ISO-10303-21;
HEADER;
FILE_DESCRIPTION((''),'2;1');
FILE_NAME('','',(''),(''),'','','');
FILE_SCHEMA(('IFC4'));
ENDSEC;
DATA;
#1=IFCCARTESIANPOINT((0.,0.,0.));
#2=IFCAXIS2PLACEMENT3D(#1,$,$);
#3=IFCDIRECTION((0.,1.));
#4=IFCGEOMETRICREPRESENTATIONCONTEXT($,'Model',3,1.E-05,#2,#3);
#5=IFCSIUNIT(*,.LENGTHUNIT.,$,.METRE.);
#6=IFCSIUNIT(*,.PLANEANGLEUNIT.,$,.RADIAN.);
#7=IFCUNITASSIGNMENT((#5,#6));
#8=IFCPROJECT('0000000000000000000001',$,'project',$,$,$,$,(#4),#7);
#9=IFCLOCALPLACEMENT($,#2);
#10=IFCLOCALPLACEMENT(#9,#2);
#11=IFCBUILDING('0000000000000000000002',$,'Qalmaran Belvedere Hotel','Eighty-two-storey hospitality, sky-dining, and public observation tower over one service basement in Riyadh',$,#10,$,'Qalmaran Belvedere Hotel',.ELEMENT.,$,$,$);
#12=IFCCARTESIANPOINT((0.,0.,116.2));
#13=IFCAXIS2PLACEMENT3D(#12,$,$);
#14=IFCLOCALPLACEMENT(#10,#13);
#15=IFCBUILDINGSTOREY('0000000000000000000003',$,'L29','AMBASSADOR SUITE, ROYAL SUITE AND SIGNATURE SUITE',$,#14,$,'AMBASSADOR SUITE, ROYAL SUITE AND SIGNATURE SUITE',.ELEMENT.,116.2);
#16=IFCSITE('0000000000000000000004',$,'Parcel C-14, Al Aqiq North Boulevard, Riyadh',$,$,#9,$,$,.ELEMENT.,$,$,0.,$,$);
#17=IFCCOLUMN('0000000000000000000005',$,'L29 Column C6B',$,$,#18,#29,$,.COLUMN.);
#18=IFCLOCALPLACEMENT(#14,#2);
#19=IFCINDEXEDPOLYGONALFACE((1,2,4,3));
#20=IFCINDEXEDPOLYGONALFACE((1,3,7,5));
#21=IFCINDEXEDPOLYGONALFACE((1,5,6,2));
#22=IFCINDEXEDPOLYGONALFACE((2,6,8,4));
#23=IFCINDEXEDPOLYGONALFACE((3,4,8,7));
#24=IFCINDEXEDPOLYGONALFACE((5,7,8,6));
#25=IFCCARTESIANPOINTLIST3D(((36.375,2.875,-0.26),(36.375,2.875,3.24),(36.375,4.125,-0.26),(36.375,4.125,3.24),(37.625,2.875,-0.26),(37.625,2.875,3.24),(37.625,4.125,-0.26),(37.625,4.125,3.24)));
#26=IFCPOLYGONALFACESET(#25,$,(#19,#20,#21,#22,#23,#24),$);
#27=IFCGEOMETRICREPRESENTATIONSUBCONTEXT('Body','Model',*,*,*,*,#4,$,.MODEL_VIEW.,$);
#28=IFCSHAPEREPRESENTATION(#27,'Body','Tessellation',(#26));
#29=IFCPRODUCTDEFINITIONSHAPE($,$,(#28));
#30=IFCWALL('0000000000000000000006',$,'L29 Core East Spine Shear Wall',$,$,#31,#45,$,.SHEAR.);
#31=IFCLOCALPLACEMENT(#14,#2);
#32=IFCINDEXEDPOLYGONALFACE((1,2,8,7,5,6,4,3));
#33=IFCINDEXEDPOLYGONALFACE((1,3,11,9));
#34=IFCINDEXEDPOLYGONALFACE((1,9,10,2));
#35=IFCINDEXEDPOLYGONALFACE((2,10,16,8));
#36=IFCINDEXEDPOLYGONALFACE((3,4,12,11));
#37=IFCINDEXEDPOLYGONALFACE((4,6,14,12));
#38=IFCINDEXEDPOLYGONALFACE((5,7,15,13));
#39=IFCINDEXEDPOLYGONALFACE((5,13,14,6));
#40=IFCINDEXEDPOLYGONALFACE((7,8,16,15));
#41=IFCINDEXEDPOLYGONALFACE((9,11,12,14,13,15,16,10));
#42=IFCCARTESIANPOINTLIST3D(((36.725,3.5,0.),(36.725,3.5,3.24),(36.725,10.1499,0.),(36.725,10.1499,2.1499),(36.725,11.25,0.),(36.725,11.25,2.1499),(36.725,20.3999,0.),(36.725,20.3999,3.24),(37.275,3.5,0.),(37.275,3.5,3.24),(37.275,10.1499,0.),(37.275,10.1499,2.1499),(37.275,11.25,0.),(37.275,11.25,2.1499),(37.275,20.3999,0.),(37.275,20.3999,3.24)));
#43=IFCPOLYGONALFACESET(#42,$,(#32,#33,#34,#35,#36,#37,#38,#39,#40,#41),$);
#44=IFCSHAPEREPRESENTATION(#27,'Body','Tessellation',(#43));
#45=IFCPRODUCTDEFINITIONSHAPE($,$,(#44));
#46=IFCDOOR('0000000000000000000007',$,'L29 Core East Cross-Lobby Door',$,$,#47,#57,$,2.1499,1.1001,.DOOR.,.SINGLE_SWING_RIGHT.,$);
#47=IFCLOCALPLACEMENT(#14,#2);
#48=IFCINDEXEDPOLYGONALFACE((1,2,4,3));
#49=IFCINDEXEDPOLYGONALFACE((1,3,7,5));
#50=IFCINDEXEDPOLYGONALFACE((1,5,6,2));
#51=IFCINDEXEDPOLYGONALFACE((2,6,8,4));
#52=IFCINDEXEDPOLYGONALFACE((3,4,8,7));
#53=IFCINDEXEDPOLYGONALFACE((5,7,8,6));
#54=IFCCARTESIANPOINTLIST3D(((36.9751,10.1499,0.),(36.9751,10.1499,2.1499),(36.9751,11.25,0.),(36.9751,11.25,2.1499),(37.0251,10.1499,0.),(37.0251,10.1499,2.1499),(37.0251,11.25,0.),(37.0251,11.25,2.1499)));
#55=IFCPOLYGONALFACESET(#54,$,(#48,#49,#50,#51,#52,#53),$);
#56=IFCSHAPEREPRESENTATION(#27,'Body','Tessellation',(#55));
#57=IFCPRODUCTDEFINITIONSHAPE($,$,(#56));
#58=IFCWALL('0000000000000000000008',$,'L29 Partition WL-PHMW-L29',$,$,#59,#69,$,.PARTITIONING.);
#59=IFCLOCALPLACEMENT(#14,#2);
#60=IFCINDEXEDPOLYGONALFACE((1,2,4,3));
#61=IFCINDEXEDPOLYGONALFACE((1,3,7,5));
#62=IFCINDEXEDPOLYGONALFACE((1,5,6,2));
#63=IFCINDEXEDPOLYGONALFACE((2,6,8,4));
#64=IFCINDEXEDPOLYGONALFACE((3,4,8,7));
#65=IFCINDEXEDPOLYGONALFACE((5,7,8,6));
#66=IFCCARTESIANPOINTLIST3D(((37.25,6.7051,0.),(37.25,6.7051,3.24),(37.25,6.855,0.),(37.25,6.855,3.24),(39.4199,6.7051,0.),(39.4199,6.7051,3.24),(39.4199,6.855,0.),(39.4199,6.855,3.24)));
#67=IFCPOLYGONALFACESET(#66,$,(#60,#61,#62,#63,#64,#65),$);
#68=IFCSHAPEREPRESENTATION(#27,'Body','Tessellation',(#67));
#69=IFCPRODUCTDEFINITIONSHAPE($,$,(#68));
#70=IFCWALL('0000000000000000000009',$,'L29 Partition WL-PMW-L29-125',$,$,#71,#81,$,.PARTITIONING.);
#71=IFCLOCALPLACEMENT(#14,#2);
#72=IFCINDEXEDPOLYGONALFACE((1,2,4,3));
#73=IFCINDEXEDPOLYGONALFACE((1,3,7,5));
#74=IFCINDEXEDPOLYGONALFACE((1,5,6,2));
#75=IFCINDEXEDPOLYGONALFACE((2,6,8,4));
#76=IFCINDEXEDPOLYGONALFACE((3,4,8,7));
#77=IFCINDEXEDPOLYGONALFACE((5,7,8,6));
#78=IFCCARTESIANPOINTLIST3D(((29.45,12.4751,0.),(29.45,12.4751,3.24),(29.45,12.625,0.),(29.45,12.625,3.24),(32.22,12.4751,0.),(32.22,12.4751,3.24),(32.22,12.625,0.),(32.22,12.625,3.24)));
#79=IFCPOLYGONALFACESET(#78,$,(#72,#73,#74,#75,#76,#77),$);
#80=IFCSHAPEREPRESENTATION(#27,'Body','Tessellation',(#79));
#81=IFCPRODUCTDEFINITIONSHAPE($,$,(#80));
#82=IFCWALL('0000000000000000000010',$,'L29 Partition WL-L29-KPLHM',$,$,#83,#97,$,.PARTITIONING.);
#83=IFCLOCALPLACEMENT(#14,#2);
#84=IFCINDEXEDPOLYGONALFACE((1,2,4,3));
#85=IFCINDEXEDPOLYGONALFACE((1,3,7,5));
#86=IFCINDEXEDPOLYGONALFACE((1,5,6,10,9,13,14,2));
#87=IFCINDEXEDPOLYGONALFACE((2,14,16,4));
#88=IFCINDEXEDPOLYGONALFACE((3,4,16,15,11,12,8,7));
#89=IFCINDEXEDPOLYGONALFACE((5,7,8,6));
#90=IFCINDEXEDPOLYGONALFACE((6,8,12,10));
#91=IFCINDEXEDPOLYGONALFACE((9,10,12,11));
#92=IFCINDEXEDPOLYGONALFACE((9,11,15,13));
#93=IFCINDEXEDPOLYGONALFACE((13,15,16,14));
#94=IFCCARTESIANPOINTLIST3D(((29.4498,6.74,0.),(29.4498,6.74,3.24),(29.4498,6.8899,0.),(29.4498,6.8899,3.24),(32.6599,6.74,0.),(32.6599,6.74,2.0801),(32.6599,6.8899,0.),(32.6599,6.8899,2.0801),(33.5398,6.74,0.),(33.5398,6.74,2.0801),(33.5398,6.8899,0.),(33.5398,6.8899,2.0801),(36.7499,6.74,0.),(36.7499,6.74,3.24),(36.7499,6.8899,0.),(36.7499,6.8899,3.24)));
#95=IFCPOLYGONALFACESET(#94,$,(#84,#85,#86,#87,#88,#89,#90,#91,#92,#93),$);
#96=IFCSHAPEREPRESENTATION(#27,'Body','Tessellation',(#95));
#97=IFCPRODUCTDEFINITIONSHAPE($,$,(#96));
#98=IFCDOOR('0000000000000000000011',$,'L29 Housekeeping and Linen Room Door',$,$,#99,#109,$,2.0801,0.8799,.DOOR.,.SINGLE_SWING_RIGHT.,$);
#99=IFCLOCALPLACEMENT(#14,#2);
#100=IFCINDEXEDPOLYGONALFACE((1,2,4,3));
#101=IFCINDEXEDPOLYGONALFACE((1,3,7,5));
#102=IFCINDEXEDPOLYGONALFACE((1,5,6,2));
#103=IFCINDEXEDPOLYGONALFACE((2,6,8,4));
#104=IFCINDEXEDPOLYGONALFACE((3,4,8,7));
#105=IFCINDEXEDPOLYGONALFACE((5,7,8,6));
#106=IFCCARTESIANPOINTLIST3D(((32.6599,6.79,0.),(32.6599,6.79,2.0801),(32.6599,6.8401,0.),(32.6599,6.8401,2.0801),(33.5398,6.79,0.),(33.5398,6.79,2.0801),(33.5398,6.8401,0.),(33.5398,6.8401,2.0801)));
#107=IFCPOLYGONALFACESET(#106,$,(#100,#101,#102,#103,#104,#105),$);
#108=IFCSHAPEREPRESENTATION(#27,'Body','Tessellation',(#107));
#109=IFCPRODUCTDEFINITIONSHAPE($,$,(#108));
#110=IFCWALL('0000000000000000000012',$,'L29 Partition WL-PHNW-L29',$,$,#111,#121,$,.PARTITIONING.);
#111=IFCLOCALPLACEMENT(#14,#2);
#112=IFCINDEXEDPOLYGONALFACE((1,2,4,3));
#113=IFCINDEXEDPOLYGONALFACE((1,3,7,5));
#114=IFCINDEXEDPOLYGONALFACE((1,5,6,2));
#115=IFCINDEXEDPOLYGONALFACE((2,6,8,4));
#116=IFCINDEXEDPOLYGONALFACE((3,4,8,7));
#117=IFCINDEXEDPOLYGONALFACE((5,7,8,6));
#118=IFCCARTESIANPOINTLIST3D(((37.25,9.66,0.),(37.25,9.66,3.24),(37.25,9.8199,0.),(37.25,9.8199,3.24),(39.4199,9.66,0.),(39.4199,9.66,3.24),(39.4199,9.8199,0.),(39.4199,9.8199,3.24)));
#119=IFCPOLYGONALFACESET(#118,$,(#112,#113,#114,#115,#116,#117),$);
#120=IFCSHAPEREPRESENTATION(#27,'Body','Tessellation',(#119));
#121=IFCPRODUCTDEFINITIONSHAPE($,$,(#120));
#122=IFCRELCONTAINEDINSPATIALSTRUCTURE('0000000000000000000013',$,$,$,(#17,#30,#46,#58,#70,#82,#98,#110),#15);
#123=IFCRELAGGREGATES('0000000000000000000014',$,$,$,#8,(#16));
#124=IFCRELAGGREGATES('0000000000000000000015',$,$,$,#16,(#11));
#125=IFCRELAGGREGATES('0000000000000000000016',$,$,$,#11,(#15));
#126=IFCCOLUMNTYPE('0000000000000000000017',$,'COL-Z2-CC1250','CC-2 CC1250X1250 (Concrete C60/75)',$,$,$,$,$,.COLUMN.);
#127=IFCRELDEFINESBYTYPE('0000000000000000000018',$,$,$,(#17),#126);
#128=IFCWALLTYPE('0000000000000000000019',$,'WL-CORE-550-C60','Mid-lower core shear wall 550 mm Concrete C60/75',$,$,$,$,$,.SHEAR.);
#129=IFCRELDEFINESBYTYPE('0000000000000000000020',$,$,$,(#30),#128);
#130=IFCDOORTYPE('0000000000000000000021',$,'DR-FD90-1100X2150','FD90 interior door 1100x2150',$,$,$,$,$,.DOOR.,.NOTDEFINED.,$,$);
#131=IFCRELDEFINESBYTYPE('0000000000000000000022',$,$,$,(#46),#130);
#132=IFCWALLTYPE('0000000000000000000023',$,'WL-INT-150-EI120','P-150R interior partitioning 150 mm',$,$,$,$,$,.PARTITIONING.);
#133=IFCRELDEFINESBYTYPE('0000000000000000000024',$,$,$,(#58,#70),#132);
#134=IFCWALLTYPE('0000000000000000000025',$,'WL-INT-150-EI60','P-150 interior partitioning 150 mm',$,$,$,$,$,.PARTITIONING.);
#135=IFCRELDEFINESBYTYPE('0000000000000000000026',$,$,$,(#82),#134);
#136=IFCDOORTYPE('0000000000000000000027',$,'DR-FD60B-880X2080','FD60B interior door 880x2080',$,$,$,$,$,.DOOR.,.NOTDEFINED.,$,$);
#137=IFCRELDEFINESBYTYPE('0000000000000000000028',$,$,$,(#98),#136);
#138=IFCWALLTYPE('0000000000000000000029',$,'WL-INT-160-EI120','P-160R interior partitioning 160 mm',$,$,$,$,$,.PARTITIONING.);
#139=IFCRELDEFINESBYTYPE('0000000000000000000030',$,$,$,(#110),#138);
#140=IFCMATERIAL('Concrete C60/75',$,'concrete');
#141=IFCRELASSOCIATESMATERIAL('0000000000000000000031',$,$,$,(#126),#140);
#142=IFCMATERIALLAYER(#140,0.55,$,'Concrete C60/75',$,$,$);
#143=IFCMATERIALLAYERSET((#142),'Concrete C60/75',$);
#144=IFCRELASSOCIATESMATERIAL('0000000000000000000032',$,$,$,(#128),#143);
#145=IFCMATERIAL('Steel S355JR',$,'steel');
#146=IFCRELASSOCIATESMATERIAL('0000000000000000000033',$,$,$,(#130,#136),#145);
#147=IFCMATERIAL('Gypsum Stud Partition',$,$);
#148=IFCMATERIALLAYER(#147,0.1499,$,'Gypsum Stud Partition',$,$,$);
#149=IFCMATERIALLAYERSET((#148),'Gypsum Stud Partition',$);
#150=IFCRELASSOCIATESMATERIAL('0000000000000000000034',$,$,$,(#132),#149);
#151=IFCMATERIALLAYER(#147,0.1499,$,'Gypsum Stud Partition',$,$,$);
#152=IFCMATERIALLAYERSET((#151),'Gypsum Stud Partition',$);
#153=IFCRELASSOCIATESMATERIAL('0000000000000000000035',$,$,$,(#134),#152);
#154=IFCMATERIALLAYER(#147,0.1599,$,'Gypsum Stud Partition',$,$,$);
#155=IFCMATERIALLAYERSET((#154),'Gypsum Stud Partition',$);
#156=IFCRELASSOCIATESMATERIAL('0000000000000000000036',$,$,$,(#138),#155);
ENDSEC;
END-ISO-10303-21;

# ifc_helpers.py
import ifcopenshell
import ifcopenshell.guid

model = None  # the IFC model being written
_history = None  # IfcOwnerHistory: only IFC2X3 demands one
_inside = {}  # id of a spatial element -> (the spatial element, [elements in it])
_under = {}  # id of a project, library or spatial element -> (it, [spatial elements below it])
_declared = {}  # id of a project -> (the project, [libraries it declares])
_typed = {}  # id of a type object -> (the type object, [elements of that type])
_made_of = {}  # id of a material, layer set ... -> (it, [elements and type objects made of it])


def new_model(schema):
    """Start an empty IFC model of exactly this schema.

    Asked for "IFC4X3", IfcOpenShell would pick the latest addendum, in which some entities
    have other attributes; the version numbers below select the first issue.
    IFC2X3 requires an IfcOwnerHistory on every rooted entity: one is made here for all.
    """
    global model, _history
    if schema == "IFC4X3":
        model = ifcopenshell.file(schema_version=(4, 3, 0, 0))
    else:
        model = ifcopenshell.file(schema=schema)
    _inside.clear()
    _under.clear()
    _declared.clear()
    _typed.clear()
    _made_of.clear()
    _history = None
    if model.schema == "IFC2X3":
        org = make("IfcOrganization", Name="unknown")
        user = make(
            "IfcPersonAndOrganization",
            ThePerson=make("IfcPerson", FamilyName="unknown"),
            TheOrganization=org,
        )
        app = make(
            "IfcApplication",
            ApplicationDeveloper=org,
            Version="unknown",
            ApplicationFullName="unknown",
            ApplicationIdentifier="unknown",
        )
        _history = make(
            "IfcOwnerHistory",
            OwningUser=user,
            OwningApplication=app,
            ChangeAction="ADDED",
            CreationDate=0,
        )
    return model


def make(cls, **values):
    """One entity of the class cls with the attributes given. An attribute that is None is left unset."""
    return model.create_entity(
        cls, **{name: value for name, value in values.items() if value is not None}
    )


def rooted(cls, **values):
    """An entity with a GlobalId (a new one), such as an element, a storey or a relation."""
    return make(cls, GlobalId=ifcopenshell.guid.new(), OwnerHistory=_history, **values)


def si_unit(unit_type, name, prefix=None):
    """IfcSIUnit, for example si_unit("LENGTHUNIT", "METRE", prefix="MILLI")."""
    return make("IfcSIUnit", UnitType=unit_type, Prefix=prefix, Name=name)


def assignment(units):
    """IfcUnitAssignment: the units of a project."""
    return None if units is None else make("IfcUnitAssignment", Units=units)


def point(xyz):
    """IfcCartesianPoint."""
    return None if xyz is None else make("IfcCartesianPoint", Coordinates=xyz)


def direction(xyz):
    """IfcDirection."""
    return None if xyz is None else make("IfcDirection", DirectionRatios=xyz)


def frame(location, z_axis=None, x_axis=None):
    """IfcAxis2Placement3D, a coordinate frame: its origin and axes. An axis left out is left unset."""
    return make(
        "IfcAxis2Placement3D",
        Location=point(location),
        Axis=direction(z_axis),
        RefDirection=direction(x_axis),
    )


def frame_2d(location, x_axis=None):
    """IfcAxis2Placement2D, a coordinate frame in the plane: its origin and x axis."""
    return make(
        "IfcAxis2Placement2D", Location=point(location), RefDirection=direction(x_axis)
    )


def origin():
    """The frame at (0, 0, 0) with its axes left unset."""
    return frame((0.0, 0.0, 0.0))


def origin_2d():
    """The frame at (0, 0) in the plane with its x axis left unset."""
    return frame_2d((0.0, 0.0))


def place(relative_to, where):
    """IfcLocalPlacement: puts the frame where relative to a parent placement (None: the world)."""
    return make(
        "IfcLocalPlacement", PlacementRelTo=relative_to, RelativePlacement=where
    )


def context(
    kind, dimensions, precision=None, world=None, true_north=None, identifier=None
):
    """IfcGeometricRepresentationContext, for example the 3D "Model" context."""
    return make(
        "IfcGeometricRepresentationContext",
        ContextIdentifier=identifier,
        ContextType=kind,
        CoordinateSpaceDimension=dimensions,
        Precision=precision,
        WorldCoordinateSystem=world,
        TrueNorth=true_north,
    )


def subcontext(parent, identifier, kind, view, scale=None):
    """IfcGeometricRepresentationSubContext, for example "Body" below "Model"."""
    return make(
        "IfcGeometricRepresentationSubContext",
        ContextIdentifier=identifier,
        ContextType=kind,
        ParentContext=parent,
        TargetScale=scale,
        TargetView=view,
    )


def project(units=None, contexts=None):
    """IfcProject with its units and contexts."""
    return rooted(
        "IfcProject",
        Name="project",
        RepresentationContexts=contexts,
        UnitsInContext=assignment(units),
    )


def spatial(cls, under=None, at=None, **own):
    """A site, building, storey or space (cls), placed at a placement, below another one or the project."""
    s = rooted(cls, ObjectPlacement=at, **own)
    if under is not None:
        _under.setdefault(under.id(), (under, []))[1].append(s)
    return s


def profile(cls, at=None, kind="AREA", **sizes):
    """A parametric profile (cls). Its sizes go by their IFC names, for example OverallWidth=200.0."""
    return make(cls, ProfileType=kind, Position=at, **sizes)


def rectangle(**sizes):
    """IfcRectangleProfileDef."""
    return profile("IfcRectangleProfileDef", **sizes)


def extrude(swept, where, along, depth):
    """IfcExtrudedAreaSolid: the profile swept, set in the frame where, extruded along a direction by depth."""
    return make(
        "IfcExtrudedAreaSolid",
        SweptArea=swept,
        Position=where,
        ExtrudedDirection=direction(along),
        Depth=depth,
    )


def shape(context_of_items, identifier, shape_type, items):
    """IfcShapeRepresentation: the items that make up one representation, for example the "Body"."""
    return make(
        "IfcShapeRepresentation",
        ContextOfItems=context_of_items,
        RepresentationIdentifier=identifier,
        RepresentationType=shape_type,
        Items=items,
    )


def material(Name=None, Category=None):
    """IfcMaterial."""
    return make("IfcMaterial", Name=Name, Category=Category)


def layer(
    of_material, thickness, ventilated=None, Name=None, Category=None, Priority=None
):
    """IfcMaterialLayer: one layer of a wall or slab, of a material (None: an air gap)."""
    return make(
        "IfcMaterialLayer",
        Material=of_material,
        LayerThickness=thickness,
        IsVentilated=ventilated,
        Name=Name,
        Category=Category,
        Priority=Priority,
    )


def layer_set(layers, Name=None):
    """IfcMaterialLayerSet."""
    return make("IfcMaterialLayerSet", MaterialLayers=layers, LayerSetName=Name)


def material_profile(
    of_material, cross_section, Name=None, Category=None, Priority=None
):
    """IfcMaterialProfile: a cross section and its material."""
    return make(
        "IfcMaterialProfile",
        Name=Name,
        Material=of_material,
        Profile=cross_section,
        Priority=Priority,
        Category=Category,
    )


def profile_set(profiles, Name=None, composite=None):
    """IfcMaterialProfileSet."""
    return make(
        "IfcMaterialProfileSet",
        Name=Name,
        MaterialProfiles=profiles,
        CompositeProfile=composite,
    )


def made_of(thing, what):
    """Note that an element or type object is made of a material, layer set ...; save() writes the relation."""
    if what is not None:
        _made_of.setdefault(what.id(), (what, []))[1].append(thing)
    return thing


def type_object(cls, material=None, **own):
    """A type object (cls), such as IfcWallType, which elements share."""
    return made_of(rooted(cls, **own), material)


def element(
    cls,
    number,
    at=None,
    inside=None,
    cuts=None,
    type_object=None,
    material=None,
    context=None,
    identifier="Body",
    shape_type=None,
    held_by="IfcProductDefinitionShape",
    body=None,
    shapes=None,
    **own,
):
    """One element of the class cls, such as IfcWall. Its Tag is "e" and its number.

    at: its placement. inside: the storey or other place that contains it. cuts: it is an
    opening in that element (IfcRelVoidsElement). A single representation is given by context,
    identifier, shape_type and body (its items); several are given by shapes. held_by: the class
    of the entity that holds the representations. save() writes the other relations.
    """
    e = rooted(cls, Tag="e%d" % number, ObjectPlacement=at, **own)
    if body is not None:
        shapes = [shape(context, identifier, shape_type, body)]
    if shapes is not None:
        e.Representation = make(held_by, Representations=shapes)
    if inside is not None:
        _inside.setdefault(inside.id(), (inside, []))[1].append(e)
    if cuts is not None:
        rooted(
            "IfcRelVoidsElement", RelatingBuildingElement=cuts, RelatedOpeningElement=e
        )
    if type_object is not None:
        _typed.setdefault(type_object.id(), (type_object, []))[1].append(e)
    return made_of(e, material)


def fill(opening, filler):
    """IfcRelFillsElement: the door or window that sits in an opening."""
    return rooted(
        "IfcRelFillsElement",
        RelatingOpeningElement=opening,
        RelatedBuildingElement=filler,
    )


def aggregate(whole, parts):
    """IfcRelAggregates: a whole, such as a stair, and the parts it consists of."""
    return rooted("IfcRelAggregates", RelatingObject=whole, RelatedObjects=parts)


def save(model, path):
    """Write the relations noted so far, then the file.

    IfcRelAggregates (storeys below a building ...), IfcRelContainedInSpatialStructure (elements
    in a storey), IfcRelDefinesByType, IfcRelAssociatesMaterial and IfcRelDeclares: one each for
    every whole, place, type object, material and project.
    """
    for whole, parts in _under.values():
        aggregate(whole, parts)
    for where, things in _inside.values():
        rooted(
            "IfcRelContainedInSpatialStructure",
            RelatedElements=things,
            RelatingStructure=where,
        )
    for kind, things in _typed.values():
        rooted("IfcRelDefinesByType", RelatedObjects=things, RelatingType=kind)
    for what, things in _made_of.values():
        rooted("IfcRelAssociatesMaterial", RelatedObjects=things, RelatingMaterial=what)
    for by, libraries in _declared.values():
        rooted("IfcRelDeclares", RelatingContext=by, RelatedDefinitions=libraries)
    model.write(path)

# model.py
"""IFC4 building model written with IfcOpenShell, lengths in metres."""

from ifc_helpers import new_model, si_unit, direction, frame, frame_2d, origin, origin_2d, place, context, subcontext, project, spatial, rectangle, extrude, material, layer, layer_set, material_profile, profile_set, type_object, element, fill, save


model = new_model("IFC4")

# Units and contexts
model_context = context("Model", 3, precision=1e-05, world=origin(), true_north=direction((0.0, 1.0)))
body_context = subcontext(model_context, "Body", "Model", "MODEL_VIEW")
ifc_project = project(units=[si_unit("LENGTHUNIT", "METRE"), si_unit("PLANEANGLEUNIT", "RADIAN")], contexts=[model_context])

# Site, building, storey
site_placement = place(None, origin())
site = spatial("IfcSite", under=ifc_project, at=site_placement, Name="Parcel C-14, Al Aqiq North Boulevard, Riyadh", CompositionType="ELEMENT", RefElevation=0.0)
building_placement = place(site_placement, origin())
building = spatial("IfcBuilding", under=site, at=building_placement, Name="Qalmaran Belvedere Hotel", Description="Eighty-two-storey hospitality, sky-dining, and public observation tower over one service basement in Riyadh", LongName="Qalmaran Belvedere Hotel", CompositionType="ELEMENT")
storey_placement = place(building_placement, frame((0.0, 0.0, 116.2)))
storey = spatial("IfcBuildingStorey", under=building, at=storey_placement, Name="L29", Description="AMBASSADOR SUITE, ROYAL SUITE AND SIGNATURE SUITE", LongName="AMBASSADOR SUITE, ROYAL SUITE AND SIGNATURE SUITE", CompositionType="ELEMENT", Elevation=116.2)

# Column
ifc_material_1 = material(Name="Concrete C60/75", Category="concrete")
ifc_material_profile = material_profile(ifc_material_1, rectangle(XDim=1.25, YDim=1.25, at=origin_2d()), Name="CC1250X1250")
ifc_profile_set = profile_set([ifc_material_profile], Name="Concrete C60/75")
column_type = type_object("IfcColumnType", Name="COL-Z2-CC1250", Description="CC-2 CC1250X1250 (Concrete C60/75)", PredefinedType="COLUMN", material=ifc_profile_set)
column_placement = place(storey_placement, frame((37.0, 3.5, -0.26), z_axis=(0.0, 0.0, 1.0), x_axis=(1.0, 0.0, 0.0)))
element("IfcColumn", 1, at=column_placement, inside=storey, type_object=column_type, Name="L29 Column C6B", PredefinedType="COLUMN", context=body_context, shape_type="SweptSolid", body=[
    extrude(rectangle(XDim=1.25, YDim=1.25, at=origin_2d()), origin(), (0.0, 0.0, 1.0), 3.5),
])

# Wall, opening, door
ifc_layer_1 = layer(ifc_material_1, 0.55, Name="Concrete C60/75")
ifc_layer_set_1 = layer_set([ifc_layer_1], Name="Concrete C60/75")
wall_type_1 = type_object("IfcWallType", Name="WL-CORE-550-C60", Description="Mid-lower core shear wall 550 mm Concrete C60/75", PredefinedType="SHEAR", material=ifc_layer_set_1)
wall_1_placement = place(storey_placement, frame((37.0, 3.5, 0.0), z_axis=(0.0, 0.0, 1.0), x_axis=(0.0, 1.0, 0.0)))
wall_1 = element("IfcWall", 2, at=wall_1_placement, inside=storey, type_object=wall_type_1, Name="L29 Core East Spine Shear Wall", PredefinedType="SHEAR", context=body_context, shape_type="SweptSolid", body=[
    extrude(rectangle(XDim=16.8999, YDim=0.55, at=frame_2d((8.45, 0.0))), origin(), (0.0, 0.0, 1.0), 3.24),
])
opening_1_placement = place(wall_1_placement, frame((6.6499, 0.0, 0.0)))
opening_1 = element("IfcOpeningElement", 3, at=opening_1_placement, cuts=wall_1, PredefinedType="OPENING", context=body_context, shape_type="SweptSolid", body=[
    extrude(rectangle(XDim=1.1001, YDim=2.1499, at=frame_2d((0.55, 1.075))), frame((0.0, 0.2852, 0.0), z_axis=(0.0, -1.0, 0.0), x_axis=(1.0, 0.0, 0.0)), (0.0, 0.0, 1.0), 0.5701),
])
ifc_material_2 = material(Name="Steel S355JR", Category="steel")
door_type_1 = type_object("IfcDoorType", Name="DR-FD90-1100X2150", Description="FD90 interior door 1100x2150", OperationType="NOTDEFINED", PredefinedType="DOOR", material=ifc_material_2)
door_1_placement = place(opening_1_placement, origin())
door_1 = element("IfcDoor", 4, at=door_1_placement, inside=storey, type_object=door_type_1, Name="L29 Core East Cross-Lobby Door", OperationType="SINGLE_SWING_RIGHT", OverallHeight=2.1499, OverallWidth=1.1001, PredefinedType="DOOR", context=body_context, shape_type="SweptSolid", body=[
    extrude(rectangle(XDim=1.1001, YDim=2.1499, at=frame_2d((0.55, 1.075))), frame((0.0, 0.0249, 0.0), z_axis=(0.0, -1.0, 0.0), x_axis=(1.0, 0.0, 0.0)), (0.0, 0.0, 1.0), 0.05),
])
fill(opening_1, door_1)

# Walls
ifc_material_3 = material(Name="Gypsum Stud Partition")
ifc_layer_2 = layer(ifc_material_3, 0.1499, Name="Gypsum Stud Partition")
ifc_layer_set_2 = layer_set([ifc_layer_2], Name="Gypsum Stud Partition")
wall_type_2 = type_object("IfcWallType", Name="WL-INT-150-EI120", Description="P-150R interior partitioning 150 mm", PredefinedType="PARTITIONING", material=ifc_layer_set_2)
wall_2_placement = place(storey_placement, frame((37.25, 6.78, 0.0), z_axis=(0.0, 0.0, 1.0), x_axis=(1.0, 0.0, 0.0)))
element("IfcWall", 5, at=wall_2_placement, inside=storey, type_object=wall_type_2, Name="L29 Partition WL-PHMW-L29", PredefinedType="PARTITIONING", context=body_context, shape_type="SweptSolid", body=[
    extrude(rectangle(XDim=2.1699, YDim=0.1499, at=frame_2d((1.085, 0.0))), origin(), (0.0, 0.0, 1.0), 3.24),
])
wall_3_placement = place(storey_placement, frame((29.45, 12.55, 0.0), z_axis=(0.0, 0.0, 1.0), x_axis=(1.0, 0.0, 0.0)))
element("IfcWall", 6, at=wall_3_placement, inside=storey, type_object=wall_type_2, Name="L29 Partition WL-PMW-L29-125", PredefinedType="PARTITIONING", context=body_context, shape_type="SweptSolid", body=[
    extrude(rectangle(XDim=2.77, YDim=0.1499, at=frame_2d((1.385, 0.0))), origin(), (0.0, 0.0, 1.0), 3.24),
])

# Wall, opening, door
ifc_layer_3 = layer(ifc_material_3, 0.1499, Name="Gypsum Stud Partition")
ifc_layer_set_3 = layer_set([ifc_layer_3], Name="Gypsum Stud Partition")
wall_type_3 = type_object("IfcWallType", Name="WL-INT-150-EI60", Description="P-150 interior partitioning 150 mm", PredefinedType="PARTITIONING", material=ifc_layer_set_3)
wall_4_placement = place(storey_placement, frame((29.45, 6.8149, 0.0), z_axis=(0.0, 0.0, 1.0), x_axis=(1.0, 0.0, 0.0)))
wall_4 = element("IfcWall", 7, at=wall_4_placement, inside=storey, type_object=wall_type_3, Name="L29 Partition WL-L29-KPLHM", PredefinedType="PARTITIONING", context=body_context, shape_type="SweptSolid", body=[
    extrude(rectangle(XDim=7.3, YDim=0.1499, at=frame_2d((3.6499, 0.0))), origin(), (0.0, 0.0, 1.0), 3.24),
])
opening_2_placement = place(wall_4_placement, frame((4.0898, 0.0, 0.0), z_axis=(0.0, 0.0, 1.0), x_axis=(-1.0, 0.0, 0.0)))
opening_2 = element("IfcOpeningElement", 8, at=opening_2_placement, cuts=wall_4, PredefinedType="OPENING", context=body_context, shape_type="SweptSolid", body=[
    extrude(rectangle(XDim=0.8799, YDim=2.0801, at=frame_2d((0.4399, 1.04))), frame((0.0, 0.085, 0.0), z_axis=(0.0, -1.0, 0.0), x_axis=(1.0, 0.0, 0.0)), (0.0, 0.0, 1.0), 0.1699),
])
door_type_2 = type_object("IfcDoorType", Name="DR-FD60B-880X2080", Description="FD60B interior door 880x2080", OperationType="NOTDEFINED", PredefinedType="DOOR", material=ifc_material_2)
door_2_placement = place(opening_2_placement, origin())
door_2 = element("IfcDoor", 9, at=door_2_placement, inside=storey, type_object=door_type_2, Name="L29 Housekeeping and Linen Room Door", OperationType="SINGLE_SWING_RIGHT", OverallHeight=2.0801, OverallWidth=0.8799, PredefinedType="DOOR", context=body_context, shape_type="SweptSolid", body=[
    extrude(rectangle(XDim=0.8799, YDim=2.0801, at=frame_2d((0.4399, 1.04))), frame((0.0, 0.0249, 0.0), z_axis=(0.0, -1.0, 0.0), x_axis=(1.0, 0.0, 0.0)), (0.0, 0.0, 1.0), 0.05),
])
fill(opening_2, door_2)

# Wall
ifc_layer_4 = layer(ifc_material_3, 0.1599, Name="Gypsum Stud Partition")
ifc_layer_set_4 = layer_set([ifc_layer_4], Name="Gypsum Stud Partition")
wall_type_4 = type_object("IfcWallType", Name="WL-INT-160-EI120", Description="P-160R interior partitioning 160 mm", PredefinedType="PARTITIONING", material=ifc_layer_set_4)
wall_5_placement = place(storey_placement, frame((37.25, 9.74, 0.0), z_axis=(0.0, 0.0, 1.0), x_axis=(1.0, 0.0, 0.0)))
element("IfcWall", 10, at=wall_5_placement, inside=storey, type_object=wall_type_4, Name="L29 Partition WL-PHNW-L29", PredefinedType="PARTITIONING", context=body_context, shape_type="SweptSolid", body=[
    extrude(rectangle(XDim=2.1699, YDim=0.1599, at=frame_2d((1.085, 0.0))), origin(), (0.0, 0.0, 1.0), 3.24),
])

save(model, "model.ifc")
